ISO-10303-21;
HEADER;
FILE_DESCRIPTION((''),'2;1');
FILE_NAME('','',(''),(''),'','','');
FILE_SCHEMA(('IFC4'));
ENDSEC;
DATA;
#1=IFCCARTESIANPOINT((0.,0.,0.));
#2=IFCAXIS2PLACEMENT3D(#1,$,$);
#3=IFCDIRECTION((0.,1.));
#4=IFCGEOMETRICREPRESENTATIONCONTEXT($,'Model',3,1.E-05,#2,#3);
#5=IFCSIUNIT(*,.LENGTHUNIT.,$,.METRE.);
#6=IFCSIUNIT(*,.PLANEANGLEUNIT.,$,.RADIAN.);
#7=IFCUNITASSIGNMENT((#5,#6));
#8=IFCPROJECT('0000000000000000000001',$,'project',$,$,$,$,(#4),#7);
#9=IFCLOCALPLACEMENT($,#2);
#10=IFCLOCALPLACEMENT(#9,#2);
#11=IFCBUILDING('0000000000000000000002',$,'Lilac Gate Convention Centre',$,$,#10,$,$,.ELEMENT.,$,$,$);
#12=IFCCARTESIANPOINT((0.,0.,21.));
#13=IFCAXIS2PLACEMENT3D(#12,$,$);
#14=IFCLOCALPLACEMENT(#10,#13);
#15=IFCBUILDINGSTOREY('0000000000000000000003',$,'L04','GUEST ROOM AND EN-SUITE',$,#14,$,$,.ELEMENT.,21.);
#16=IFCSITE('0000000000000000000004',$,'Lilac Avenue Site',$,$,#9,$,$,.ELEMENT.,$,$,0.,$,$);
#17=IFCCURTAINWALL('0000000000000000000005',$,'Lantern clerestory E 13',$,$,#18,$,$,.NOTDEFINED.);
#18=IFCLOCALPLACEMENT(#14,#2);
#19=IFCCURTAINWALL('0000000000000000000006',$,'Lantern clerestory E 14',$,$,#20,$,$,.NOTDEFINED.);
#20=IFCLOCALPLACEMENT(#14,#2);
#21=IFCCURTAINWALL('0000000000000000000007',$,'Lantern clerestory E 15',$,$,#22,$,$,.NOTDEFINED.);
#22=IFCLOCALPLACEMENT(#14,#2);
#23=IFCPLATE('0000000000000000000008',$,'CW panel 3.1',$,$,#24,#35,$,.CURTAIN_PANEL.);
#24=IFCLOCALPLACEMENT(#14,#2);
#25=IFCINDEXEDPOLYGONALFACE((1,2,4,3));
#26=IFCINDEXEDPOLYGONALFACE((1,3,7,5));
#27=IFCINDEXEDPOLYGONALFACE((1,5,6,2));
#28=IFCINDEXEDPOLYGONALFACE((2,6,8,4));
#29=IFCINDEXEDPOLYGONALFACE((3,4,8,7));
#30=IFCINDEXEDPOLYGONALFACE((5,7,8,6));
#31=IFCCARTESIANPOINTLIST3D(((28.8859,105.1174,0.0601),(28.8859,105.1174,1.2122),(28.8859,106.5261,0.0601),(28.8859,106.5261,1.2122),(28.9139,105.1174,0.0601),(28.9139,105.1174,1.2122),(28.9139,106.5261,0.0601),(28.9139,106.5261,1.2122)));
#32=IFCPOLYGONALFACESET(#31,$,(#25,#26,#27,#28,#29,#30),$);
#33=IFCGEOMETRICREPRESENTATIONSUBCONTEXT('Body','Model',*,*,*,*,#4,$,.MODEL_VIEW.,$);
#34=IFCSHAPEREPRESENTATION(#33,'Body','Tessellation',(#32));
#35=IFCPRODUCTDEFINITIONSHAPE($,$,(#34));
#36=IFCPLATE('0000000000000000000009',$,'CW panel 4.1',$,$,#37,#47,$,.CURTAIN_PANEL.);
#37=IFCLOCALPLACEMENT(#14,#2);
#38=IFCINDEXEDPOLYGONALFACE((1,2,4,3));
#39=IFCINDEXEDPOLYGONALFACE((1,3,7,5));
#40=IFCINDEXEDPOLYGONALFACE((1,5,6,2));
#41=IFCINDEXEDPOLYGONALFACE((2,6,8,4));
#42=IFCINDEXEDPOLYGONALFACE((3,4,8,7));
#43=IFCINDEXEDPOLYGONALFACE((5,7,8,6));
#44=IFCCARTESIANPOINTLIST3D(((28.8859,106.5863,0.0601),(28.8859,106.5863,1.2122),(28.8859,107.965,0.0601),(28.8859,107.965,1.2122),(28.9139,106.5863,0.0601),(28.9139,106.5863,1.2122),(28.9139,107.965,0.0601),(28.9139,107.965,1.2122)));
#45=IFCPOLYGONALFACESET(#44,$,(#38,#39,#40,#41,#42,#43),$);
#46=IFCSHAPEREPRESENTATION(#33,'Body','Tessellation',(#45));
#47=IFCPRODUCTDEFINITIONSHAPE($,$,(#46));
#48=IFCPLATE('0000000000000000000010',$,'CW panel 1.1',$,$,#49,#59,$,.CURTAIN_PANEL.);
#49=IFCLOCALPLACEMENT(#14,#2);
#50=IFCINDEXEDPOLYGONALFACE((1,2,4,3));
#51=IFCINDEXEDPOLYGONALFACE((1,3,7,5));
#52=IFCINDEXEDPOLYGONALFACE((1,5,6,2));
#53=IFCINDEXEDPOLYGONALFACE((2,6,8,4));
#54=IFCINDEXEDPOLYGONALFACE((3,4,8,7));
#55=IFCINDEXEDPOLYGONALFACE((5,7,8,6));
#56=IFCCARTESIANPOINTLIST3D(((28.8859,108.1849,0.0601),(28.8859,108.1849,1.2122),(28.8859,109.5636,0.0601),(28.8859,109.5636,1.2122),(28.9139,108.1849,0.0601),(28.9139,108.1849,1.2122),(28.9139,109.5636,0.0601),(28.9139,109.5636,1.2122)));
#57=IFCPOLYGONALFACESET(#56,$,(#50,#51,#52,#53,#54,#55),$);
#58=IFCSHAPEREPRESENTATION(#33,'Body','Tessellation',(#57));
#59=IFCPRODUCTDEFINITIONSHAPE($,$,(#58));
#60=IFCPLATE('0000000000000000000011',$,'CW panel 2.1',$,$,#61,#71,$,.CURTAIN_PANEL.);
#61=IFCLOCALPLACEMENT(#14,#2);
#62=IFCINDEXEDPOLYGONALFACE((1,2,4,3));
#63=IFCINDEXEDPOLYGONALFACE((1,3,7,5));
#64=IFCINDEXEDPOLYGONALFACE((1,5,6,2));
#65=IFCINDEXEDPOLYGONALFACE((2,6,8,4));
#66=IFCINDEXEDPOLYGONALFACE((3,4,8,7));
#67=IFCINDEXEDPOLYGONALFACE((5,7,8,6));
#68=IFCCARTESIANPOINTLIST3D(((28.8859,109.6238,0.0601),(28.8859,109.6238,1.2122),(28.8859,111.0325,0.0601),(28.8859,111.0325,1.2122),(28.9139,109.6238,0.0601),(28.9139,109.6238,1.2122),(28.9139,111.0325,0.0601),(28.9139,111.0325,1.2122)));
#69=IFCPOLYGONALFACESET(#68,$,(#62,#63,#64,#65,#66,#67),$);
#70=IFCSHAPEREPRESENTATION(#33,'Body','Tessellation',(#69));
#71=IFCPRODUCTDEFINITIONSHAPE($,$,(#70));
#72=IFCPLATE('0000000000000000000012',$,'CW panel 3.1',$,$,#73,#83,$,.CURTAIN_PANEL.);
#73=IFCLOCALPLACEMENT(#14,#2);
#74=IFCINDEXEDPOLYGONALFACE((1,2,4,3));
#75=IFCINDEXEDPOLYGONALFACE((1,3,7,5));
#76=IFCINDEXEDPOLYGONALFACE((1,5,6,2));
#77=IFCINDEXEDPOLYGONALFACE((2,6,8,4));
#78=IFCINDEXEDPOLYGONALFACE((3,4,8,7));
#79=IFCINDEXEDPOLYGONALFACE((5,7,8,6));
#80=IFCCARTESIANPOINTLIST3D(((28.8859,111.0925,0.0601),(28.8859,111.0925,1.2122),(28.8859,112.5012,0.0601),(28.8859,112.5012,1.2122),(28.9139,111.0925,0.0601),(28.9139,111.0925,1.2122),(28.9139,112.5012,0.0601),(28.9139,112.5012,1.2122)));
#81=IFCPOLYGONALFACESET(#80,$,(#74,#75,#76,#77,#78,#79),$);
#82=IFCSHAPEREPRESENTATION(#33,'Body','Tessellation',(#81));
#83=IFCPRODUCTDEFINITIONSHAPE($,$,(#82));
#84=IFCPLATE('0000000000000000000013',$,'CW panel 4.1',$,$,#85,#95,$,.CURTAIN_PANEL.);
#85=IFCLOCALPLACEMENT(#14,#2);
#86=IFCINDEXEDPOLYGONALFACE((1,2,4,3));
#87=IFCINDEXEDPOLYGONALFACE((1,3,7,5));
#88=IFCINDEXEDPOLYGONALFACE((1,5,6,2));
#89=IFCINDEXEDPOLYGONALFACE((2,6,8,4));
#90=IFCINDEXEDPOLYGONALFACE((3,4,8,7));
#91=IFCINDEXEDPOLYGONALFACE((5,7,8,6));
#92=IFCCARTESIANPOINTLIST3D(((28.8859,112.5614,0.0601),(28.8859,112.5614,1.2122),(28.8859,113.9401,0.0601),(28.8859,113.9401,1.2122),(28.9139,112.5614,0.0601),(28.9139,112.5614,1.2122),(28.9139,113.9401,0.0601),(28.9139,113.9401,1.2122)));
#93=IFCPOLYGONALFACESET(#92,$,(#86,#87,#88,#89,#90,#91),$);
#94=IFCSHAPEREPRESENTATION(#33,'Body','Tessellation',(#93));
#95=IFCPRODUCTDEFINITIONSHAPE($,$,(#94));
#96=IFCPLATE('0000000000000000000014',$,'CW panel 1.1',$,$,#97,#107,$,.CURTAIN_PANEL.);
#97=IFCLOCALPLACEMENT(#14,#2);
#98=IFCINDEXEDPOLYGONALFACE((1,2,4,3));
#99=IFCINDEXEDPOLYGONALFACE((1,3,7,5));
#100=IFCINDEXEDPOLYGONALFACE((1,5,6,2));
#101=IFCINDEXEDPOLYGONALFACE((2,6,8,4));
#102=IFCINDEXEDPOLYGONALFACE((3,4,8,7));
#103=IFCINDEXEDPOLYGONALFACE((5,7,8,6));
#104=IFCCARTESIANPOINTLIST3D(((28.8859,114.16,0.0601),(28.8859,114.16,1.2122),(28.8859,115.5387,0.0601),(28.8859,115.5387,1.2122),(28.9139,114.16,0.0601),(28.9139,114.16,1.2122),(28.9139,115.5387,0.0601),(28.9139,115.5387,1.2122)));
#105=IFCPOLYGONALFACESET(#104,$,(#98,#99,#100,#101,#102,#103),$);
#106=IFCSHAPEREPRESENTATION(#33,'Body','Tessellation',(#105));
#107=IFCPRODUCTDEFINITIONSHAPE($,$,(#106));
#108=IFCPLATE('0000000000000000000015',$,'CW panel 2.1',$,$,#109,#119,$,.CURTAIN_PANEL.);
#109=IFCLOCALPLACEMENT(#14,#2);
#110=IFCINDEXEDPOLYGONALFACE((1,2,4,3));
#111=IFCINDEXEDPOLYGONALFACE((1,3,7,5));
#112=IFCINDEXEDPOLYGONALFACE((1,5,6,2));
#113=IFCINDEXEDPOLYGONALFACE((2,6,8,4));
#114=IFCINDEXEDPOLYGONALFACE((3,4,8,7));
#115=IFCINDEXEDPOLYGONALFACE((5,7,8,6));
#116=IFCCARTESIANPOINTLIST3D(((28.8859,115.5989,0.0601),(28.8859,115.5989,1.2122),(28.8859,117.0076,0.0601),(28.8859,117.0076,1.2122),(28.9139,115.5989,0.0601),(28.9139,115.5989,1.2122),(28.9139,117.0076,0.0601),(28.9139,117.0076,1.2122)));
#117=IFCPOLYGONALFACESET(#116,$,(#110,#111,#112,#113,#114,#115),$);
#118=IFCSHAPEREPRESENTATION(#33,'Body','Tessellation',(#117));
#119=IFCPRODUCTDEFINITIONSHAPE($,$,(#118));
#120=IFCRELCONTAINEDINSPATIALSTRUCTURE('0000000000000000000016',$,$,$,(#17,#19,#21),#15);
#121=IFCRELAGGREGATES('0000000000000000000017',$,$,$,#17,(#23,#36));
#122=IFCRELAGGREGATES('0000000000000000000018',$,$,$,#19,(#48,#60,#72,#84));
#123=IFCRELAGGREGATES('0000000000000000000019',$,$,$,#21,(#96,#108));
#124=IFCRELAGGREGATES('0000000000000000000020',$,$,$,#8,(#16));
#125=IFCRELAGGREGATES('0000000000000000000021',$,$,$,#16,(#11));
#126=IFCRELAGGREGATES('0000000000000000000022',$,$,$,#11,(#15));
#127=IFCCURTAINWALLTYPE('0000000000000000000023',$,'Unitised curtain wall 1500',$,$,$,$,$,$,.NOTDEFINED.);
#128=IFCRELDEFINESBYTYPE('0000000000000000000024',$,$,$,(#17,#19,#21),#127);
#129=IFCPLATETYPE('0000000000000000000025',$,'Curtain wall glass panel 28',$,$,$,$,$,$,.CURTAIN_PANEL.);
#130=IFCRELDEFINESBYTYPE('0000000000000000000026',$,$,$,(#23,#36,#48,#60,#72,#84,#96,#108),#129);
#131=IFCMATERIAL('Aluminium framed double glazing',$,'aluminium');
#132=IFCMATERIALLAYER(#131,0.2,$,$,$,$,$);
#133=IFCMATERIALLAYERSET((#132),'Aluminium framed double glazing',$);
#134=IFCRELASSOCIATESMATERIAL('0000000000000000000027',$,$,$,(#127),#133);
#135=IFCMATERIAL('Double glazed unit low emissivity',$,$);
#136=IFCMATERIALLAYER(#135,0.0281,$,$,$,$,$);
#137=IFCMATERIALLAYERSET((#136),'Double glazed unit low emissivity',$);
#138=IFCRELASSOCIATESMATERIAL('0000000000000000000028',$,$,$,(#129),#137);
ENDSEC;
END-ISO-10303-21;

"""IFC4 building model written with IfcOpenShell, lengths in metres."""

from ifc_helpers import new_model, si_unit, direction, frame, origin, origin_2d, place, context, subcontext, project, spatial, rectangle, extrude, material, layer, layer_set, type_object, element, aggregate, save


model = new_model("IFC4")

# Units and contexts
model_context = context("Model", 3, precision=1e-05, world=origin(), true_north=direction((0.0, 1.0)))
body_context = subcontext(model_context, "Body", "Model", "MODEL_VIEW")
ifc_project = project(units=[si_unit("LENGTHUNIT", "METRE"), si_unit("PLANEANGLEUNIT", "RADIAN")], contexts=[model_context])

# Site, building, storey
site_placement = place(None, origin())
site = spatial("IfcSite", under=ifc_project, at=site_placement, Name="Lilac Avenue Site", CompositionType="ELEMENT", RefElevation=0.0)
building_placement = place(site_placement, origin())
building = spatial("IfcBuilding", under=site, at=building_placement, Name="Lilac Gate Convention Centre", CompositionType="ELEMENT")
storey_placement = place(building_placement, frame((0.0, 0.0, 21.0)))
storey = spatial("IfcBuildingStorey", under=building, at=storey_placement, Name="L04", Description="GUEST ROOM AND EN-SUITE", CompositionType="ELEMENT", Elevation=21.0)

# Curtain walls
ifc_material_1 = material(Name="Aluminium framed double glazing", Category="aluminium")
ifc_layer_1 = layer(ifc_material_1, 0.2)
ifc_layer_set_1 = layer_set([ifc_layer_1], Name="Aluminium framed double glazing")
curtain_wall_type = type_object("IfcCurtainWallType", Name="Unitised curtain wall 1500", PredefinedType="NOTDEFINED", material=ifc_layer_set_1)
curtain_wall_1_placement = place(storey_placement, origin())
curtain_wall_1 = element("IfcCurtainWall", 1, at=curtain_wall_1_placement, inside=storey, type_object=curtain_wall_type, Name="Lantern clerestory E 13", PredefinedType="NOTDEFINED")
curtain_wall_2_placement = place(storey_placement, origin())
curtain_wall_2 = element("IfcCurtainWall", 2, at=curtain_wall_2_placement, inside=storey, type_object=curtain_wall_type, Name="Lantern clerestory E 14", PredefinedType="NOTDEFINED")
curtain_wall_3_placement = place(storey_placement, origin())
curtain_wall_3 = element("IfcCurtainWall", 3, at=curtain_wall_3_placement, inside=storey, type_object=curtain_wall_type, Name="Lantern clerestory E 15", PredefinedType="NOTDEFINED")

# Plates
ifc_material_2 = material(Name="Double glazed unit low emissivity")
ifc_layer_2 = layer(ifc_material_2, 0.0281)
ifc_layer_set_2 = layer_set([ifc_layer_2], Name="Double glazed unit low emissivity")
plate_type = type_object("IfcPlateType", Name="Curtain wall glass panel 28", PredefinedType="CURTAIN_PANEL", material=ifc_layer_set_2)
plate_1_placement = place(storey_placement, frame((28.8999, 105.8218, 0.0601), z_axis=(0.0, 0.0, 1.0), x_axis=(0.0, 1.0, 0.0)))
plate_1 = element("IfcPlate", 4, at=plate_1_placement, type_object=plate_type, Name="CW panel 3.1", PredefinedType="CURTAIN_PANEL", context=body_context, shape_type="SweptSolid", body=[
    extrude(rectangle(XDim=1.4087, YDim=0.0281, at=origin_2d()), origin(), (0.0, 0.0, 1.0), 1.1521),
])
plate_2_placement = place(storey_placement, frame((28.8999, 107.2756, 0.0601), z_axis=(0.0, 0.0, 1.0), x_axis=(0.0, 1.0, 0.0)))
plate_2 = element("IfcPlate", 5, at=plate_2_placement, type_object=plate_type, Name="CW panel 4.1", PredefinedType="CURTAIN_PANEL", context=body_context, shape_type="SweptSolid", body=[
    extrude(rectangle(XDim=1.3787, YDim=0.0281, at=origin_2d()), origin(), (0.0, 0.0, 1.0), 1.1521),
])
aggregate(curtain_wall_1, [plate_1, plate_2])
plate_3_placement = place(storey_placement, frame((28.8999, 108.8743, 0.0601), z_axis=(0.0, 0.0, 1.0), x_axis=(0.0, 1.0, 0.0)))
plate_3 = element("IfcPlate", 6, at=plate_3_placement, type_object=plate_type, Name="CW panel 1.1", PredefinedType="CURTAIN_PANEL", context=body_context, shape_type="SweptSolid", body=[
    extrude(rectangle(XDim=1.3787, YDim=0.0281, at=origin_2d()), origin(), (0.0, 0.0, 1.0), 1.1521),
])
plate_4_placement = place(storey_placement, frame((28.8999, 110.3281, 0.0601), z_axis=(0.0, 0.0, 1.0), x_axis=(0.0, 1.0, 0.0)))
plate_4 = element("IfcPlate", 7, at=plate_4_placement, type_object=plate_type, Name="CW panel 2.1", PredefinedType="CURTAIN_PANEL", context=body_context, shape_type="SweptSolid", body=[
    extrude(rectangle(XDim=1.4087, YDim=0.0281, at=origin_2d()), origin(), (0.0, 0.0, 1.0), 1.1521),
])
plate_5_placement = place(storey_placement, frame((28.8999, 111.7969, 0.0601), z_axis=(0.0, 0.0, 1.0), x_axis=(0.0, 1.0, 0.0)))
plate_5 = element("IfcPlate", 8, at=plate_5_placement, type_object=plate_type, Name="CW panel 3.1", PredefinedType="CURTAIN_PANEL", context=body_context, shape_type="SweptSolid", body=[
    extrude(rectangle(XDim=1.4087, YDim=0.0281, at=origin_2d()), origin(), (0.0, 0.0, 1.0), 1.1521),
])
plate_6_placement = place(storey_placement, frame((28.8999, 113.2507, 0.0601), z_axis=(0.0, 0.0, 1.0), x_axis=(0.0, 1.0, 0.0)))
plate_6 = element("IfcPlate", 9, at=plate_6_placement, type_object=plate_type, Name="CW panel 4.1", PredefinedType="CURTAIN_PANEL", context=body_context, shape_type="SweptSolid", body=[
    extrude(rectangle(XDim=1.3787, YDim=0.0281, at=origin_2d()), origin(), (0.0, 0.0, 1.0), 1.1521),
])
aggregate(curtain_wall_2, [plate_3, plate_4, plate_5, plate_6])
plate_7_placement = place(storey_placement, frame((28.8999, 114.8494, 0.0601), z_axis=(0.0, 0.0, 1.0), x_axis=(0.0, 1.0, 0.0)))
plate_7 = element("IfcPlate", 10, at=plate_7_placement, type_object=plate_type, Name="CW panel 1.1", PredefinedType="CURTAIN_PANEL", context=body_context, shape_type="SweptSolid", body=[
    extrude(rectangle(XDim=1.3787, YDim=0.0281, at=origin_2d()), origin(), (0.0, 0.0, 1.0), 1.1521),
])
plate_8_placement = place(storey_placement, frame((28.8999, 116.3032, 0.0601), z_axis=(0.0, 0.0, 1.0), x_axis=(0.0, 1.0, 0.0)))
plate_8 = element("IfcPlate", 11, at=plate_8_placement, type_object=plate_type, Name="CW panel 2.1", PredefinedType="CURTAIN_PANEL", context=body_context, shape_type="SweptSolid", body=[
    extrude(rectangle(XDim=1.4087, YDim=0.0281, at=origin_2d()), origin(), (0.0, 0.0, 1.0), 1.1521),
])
aggregate(curtain_wall_3, [plate_7, plate_8])

save(model, "model.ifc")
